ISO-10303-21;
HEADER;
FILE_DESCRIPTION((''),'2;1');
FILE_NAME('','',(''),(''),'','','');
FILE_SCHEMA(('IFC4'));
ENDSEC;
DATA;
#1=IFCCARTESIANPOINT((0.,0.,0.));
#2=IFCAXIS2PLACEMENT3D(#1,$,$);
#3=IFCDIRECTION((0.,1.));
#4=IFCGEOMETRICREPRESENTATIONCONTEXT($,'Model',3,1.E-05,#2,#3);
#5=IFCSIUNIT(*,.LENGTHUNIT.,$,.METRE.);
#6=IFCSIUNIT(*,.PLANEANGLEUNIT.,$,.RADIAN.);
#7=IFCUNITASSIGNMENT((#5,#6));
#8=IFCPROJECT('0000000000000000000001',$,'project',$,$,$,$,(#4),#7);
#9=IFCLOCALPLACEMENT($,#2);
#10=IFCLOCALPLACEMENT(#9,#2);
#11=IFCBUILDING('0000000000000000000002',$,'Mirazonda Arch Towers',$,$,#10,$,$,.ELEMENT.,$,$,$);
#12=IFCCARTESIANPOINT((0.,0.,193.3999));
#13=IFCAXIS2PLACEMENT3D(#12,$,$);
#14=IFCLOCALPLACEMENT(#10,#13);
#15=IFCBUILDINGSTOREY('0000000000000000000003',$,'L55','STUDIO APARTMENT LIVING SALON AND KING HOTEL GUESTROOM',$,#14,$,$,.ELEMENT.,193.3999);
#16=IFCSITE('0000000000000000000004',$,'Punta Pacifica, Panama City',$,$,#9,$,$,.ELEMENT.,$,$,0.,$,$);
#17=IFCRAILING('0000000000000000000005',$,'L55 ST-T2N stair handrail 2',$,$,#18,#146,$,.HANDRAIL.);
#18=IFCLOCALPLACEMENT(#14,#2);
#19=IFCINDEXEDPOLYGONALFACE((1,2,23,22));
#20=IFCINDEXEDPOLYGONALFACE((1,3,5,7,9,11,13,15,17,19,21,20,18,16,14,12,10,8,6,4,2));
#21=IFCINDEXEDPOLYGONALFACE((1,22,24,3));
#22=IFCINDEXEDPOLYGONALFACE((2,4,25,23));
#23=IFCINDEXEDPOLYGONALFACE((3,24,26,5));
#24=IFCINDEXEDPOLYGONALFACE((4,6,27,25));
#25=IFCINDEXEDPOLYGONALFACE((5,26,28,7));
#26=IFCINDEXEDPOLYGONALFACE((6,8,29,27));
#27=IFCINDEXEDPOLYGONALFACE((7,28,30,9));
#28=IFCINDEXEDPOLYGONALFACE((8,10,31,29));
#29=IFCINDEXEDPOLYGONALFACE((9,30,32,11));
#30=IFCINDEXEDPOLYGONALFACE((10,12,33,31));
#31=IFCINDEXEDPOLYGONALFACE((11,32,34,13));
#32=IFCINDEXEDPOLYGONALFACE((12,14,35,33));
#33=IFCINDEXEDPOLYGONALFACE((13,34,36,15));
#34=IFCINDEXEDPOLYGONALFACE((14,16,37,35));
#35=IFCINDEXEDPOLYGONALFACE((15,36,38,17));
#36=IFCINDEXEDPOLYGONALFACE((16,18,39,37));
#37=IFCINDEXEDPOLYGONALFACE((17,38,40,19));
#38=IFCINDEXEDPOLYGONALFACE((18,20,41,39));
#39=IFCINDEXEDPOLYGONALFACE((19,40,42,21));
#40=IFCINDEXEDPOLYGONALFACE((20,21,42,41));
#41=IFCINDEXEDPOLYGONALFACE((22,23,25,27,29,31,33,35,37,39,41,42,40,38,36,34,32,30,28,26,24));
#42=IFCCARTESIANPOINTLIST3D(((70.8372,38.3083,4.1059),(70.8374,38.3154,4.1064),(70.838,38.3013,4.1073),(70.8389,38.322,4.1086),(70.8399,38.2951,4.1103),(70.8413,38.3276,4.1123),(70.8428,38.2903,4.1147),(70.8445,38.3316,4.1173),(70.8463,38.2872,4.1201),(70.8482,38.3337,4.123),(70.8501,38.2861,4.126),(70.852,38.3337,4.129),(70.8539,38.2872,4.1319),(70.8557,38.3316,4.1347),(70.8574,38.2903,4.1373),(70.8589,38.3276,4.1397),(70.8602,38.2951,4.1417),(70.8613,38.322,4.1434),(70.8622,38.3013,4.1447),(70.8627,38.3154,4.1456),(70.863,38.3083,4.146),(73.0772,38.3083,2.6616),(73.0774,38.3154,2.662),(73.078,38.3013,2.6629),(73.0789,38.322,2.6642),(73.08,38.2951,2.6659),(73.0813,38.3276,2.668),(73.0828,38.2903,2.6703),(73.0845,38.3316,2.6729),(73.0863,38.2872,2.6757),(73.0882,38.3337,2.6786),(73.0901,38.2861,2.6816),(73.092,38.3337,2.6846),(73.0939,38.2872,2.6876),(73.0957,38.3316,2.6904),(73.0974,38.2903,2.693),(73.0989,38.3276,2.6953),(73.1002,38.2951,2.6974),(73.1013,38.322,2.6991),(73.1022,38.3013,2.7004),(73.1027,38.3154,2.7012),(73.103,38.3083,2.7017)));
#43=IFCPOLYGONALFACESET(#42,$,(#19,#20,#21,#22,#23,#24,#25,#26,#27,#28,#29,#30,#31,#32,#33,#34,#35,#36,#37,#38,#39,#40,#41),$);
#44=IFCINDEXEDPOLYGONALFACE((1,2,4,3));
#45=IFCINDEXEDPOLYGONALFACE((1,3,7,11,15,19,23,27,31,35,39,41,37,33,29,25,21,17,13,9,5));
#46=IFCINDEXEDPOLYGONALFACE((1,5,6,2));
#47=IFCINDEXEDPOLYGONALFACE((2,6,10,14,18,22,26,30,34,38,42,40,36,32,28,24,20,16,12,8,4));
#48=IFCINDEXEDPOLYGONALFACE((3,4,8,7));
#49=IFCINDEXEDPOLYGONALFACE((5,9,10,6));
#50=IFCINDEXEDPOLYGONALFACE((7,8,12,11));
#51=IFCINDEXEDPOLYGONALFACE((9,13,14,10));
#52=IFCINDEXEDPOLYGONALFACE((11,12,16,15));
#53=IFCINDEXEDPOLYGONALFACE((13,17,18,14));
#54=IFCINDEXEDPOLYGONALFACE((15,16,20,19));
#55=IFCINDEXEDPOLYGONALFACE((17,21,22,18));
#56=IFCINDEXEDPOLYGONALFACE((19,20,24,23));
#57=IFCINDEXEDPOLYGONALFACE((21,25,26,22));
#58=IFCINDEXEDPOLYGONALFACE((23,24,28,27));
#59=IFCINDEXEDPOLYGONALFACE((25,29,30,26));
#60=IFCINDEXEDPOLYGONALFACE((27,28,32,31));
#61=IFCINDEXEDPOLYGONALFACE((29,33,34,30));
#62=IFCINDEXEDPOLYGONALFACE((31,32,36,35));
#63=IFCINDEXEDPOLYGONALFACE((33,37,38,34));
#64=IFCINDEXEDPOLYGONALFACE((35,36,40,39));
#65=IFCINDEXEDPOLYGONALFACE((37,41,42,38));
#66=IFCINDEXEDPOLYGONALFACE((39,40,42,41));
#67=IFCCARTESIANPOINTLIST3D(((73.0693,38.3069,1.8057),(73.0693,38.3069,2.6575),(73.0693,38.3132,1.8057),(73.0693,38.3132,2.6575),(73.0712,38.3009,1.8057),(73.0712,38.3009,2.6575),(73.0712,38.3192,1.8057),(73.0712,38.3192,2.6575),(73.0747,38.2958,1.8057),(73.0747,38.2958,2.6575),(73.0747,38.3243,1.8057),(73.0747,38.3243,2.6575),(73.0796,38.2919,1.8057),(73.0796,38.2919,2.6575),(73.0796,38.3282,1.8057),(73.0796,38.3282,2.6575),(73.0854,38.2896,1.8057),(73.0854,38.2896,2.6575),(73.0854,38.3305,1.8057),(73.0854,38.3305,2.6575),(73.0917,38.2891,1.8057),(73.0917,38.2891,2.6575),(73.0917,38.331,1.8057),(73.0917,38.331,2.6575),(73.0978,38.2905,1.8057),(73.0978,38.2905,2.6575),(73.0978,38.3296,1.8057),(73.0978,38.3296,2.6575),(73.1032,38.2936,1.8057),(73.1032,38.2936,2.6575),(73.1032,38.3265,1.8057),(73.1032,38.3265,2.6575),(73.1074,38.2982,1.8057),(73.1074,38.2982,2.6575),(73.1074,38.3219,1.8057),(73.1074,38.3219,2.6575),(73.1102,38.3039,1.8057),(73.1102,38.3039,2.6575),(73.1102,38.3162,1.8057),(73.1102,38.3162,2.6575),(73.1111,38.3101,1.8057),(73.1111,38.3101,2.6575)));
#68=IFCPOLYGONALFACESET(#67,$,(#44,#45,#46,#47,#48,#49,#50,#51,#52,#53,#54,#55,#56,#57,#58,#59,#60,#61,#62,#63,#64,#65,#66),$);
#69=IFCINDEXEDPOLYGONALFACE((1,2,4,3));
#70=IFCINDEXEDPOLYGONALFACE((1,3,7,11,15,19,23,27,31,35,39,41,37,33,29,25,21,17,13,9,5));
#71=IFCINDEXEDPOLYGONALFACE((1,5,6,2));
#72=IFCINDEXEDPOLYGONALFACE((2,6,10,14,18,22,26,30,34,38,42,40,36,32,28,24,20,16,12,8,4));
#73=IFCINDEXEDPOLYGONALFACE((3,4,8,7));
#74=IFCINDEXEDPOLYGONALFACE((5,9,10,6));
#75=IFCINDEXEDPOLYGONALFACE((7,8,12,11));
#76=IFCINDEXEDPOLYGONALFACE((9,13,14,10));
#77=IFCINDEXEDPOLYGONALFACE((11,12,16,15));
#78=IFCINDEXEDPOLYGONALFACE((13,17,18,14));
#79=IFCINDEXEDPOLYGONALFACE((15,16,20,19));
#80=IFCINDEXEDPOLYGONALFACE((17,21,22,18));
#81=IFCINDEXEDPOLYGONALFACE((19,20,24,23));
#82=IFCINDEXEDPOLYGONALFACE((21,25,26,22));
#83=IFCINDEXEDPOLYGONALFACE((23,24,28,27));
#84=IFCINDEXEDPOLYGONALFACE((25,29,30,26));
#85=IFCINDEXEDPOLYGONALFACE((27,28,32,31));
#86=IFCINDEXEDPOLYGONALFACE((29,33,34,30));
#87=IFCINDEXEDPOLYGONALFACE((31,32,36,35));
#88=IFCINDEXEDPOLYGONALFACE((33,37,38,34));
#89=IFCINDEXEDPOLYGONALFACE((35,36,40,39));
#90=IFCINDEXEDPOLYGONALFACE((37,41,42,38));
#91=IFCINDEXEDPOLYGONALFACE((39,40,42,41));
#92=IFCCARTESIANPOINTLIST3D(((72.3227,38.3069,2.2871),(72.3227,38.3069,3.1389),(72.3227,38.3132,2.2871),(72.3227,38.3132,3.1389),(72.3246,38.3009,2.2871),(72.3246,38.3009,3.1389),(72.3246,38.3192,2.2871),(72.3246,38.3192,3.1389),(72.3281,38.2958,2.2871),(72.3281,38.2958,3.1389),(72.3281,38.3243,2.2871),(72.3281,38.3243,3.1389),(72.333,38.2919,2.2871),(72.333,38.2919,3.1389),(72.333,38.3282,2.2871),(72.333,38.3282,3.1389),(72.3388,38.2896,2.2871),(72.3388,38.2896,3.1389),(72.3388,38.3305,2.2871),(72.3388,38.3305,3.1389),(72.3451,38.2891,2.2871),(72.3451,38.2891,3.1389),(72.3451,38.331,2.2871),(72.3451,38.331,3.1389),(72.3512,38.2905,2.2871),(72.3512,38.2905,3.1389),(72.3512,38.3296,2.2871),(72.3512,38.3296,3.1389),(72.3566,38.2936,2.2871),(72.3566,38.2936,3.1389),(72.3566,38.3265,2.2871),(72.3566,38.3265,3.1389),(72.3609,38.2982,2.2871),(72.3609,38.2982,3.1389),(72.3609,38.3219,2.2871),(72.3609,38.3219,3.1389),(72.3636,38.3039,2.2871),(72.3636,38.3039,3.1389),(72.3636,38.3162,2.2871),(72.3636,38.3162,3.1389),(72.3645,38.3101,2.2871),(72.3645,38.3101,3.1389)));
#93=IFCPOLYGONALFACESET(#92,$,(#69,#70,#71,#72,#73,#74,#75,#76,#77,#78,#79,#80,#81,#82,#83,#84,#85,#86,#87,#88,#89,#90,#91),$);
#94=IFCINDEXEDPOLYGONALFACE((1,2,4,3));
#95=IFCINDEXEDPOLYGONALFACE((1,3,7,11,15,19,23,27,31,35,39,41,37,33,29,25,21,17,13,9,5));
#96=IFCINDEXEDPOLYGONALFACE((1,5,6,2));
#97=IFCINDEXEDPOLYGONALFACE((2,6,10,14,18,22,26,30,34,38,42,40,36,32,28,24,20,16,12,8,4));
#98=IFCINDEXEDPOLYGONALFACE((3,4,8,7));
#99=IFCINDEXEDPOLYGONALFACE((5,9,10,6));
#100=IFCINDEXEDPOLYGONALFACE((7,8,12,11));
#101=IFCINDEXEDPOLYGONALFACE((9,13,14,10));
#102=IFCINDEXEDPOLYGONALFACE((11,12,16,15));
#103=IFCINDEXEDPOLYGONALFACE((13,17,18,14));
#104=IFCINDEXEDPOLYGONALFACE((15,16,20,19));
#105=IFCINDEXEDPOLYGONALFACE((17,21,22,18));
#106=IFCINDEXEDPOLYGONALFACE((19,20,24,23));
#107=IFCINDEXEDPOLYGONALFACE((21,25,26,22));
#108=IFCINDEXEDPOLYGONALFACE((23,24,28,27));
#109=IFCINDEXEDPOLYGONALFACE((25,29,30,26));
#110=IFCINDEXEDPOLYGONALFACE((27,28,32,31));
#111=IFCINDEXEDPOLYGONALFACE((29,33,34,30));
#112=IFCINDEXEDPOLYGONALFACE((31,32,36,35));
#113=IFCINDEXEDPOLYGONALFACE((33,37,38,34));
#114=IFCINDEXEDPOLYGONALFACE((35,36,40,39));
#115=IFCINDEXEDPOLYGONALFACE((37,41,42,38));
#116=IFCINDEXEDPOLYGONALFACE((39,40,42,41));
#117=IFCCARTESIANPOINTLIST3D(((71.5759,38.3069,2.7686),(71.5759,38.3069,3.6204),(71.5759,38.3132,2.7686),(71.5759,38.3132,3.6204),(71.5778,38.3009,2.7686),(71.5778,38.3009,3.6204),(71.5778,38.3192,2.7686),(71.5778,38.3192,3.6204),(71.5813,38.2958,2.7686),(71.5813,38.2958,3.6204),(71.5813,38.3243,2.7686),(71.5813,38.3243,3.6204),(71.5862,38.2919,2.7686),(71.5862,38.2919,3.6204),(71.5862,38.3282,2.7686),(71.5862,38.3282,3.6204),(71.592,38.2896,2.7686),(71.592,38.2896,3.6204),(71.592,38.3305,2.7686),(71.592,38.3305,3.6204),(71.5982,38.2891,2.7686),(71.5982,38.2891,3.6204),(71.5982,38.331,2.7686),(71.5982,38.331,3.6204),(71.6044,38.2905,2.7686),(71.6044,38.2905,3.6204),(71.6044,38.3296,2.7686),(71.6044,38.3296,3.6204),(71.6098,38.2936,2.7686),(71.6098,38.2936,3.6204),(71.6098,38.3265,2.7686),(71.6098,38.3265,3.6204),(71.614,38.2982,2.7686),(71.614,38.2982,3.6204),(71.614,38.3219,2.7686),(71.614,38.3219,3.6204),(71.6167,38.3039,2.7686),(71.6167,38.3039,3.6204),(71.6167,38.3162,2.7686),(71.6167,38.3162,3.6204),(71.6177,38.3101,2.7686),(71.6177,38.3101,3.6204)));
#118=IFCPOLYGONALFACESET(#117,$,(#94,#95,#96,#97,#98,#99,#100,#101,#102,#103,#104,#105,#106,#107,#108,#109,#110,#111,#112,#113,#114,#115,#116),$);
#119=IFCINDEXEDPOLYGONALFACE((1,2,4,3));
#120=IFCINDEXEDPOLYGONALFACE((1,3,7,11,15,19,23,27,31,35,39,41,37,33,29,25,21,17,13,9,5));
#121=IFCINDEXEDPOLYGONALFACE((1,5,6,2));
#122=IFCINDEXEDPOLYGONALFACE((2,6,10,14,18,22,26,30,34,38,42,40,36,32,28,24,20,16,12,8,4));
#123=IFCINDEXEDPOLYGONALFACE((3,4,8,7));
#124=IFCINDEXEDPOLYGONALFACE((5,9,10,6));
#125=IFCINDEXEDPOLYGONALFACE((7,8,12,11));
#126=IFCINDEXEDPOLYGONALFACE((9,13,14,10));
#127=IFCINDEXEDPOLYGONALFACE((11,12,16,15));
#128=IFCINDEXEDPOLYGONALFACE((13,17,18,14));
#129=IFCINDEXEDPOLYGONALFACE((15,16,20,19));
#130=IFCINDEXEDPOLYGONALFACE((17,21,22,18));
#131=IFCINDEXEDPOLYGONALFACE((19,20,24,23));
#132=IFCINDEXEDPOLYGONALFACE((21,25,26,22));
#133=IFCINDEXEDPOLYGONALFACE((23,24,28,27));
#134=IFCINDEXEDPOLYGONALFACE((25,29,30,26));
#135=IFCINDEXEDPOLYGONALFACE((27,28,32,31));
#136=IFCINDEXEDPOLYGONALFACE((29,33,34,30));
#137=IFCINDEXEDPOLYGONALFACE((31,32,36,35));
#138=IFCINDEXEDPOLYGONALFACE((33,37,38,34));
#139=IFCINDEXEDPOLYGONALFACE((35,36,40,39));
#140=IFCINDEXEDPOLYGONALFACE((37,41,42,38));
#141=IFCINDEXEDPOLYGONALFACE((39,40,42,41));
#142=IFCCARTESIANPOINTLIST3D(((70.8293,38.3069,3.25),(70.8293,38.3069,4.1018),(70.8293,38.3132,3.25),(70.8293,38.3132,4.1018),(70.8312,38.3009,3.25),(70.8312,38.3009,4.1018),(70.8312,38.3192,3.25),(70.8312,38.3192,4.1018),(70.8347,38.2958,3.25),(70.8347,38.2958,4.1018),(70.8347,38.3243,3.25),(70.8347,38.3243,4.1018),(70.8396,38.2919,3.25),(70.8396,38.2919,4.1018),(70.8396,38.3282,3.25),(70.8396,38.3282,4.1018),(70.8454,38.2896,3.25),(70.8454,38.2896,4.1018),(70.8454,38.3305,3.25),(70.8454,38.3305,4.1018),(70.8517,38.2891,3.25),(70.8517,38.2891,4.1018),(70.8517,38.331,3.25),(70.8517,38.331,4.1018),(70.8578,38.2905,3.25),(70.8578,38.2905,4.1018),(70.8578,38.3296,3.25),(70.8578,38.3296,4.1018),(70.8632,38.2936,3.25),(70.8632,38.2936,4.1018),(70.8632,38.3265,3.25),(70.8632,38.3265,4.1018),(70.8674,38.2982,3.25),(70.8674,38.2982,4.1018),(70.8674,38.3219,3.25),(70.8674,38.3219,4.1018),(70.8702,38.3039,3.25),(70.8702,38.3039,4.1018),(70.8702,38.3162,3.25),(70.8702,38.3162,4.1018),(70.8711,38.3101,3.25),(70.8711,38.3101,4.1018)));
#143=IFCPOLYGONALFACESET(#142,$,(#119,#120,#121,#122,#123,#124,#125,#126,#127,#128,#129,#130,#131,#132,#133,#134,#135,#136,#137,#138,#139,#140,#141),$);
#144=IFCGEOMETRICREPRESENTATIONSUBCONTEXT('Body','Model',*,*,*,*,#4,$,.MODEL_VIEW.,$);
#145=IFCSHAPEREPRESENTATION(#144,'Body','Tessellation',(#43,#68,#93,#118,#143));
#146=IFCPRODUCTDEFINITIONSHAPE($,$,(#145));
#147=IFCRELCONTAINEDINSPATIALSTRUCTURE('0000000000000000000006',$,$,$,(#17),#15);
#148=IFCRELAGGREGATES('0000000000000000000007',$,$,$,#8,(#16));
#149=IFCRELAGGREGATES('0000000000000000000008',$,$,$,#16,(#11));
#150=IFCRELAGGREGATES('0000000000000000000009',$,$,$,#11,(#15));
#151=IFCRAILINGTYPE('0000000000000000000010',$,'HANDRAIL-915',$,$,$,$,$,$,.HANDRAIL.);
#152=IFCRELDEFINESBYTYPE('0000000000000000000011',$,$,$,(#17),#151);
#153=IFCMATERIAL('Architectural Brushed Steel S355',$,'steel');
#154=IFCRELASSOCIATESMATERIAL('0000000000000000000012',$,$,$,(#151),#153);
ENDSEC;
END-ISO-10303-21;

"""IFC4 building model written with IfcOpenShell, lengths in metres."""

from ifc_helpers import new_model, si_unit, direction, frame, origin, origin_2d, place, context, subcontext, project, spatial, circle, extrude, material, type_object, element, save


model = new_model("IFC4")

# Units and contexts
model_context = context("Model", 3, precision=1e-05, world=origin(), true_north=direction((0.0, 1.0)))
body_context = subcontext(model_context, "Body", "Model", "MODEL_VIEW")
ifc_project = project(units=[si_unit("LENGTHUNIT", "METRE"), si_unit("PLANEANGLEUNIT", "RADIAN")], contexts=[model_context])

# Site, building, storey
site_placement = place(None, origin())
site = spatial("IfcSite", under=ifc_project, at=site_placement, Name="Punta Pacifica, Panama City", CompositionType="ELEMENT", RefElevation=0.0)
building_placement = place(site_placement, origin())
building = spatial("IfcBuilding", under=site, at=building_placement, Name="Mirazonda Arch Towers", CompositionType="ELEMENT")
storey_placement = place(building_placement, frame((0.0, 0.0, 193.3999)))
storey = spatial("IfcBuildingStorey", under=building, at=storey_placement, Name="L55", Description="STUDIO APARTMENT LIVING SALON AND KING HOTEL GUESTROOM", CompositionType="ELEMENT", Elevation=193.3999)

# Shared definitions
ifc_material_1 = material(Name="Architectural Brushed Steel S355", Category="steel")

# Railing
railing_type_1 = type_object("IfcRailingType", Name="HANDRAIL-915", PredefinedType="HANDRAIL", material=ifc_material_1)
railing_1_placement = place(storey_placement, frame((73.0901, 38.3101, 1.8057)))
element("IfcRailing", 1, at=railing_1_placement, inside=storey, type_object=railing_type_1, Name="L55 ST-T2N stair handrail 2", PredefinedType="HANDRAIL", context=body_context, shape_type="SweptSolid", body=[
    extrude(circle(Radius=0.0239, at=origin_2d()), frame((0.0, 0.0, 0.876), z_axis=(-0.840437, 0.0, 0.54191), x_axis=(0.0, -1.0, 0.0)), (0.0, 0.0, 1.0), 2.6653),
    extrude(circle(Radius=0.021, at=origin_2d()), origin(), (0.0, 0.0, 1.0), 0.8518),
    extrude(circle(Radius=0.021, at=origin_2d()), frame((-0.7466, 0.0, 0.4814)), (0.0, 0.0, 1.0), 0.8518),
    extrude(circle(Radius=0.021, at=origin_2d()), frame((-1.4934, 0.0, 0.9629)), (0.0, 0.0, 1.0), 0.8518),
    extrude(circle(Radius=0.021, at=origin_2d()), frame((-2.24, 0.0, 1.4443)), (0.0, 0.0, 1.0), 0.8518),
])

save(model, "model.ifc")
